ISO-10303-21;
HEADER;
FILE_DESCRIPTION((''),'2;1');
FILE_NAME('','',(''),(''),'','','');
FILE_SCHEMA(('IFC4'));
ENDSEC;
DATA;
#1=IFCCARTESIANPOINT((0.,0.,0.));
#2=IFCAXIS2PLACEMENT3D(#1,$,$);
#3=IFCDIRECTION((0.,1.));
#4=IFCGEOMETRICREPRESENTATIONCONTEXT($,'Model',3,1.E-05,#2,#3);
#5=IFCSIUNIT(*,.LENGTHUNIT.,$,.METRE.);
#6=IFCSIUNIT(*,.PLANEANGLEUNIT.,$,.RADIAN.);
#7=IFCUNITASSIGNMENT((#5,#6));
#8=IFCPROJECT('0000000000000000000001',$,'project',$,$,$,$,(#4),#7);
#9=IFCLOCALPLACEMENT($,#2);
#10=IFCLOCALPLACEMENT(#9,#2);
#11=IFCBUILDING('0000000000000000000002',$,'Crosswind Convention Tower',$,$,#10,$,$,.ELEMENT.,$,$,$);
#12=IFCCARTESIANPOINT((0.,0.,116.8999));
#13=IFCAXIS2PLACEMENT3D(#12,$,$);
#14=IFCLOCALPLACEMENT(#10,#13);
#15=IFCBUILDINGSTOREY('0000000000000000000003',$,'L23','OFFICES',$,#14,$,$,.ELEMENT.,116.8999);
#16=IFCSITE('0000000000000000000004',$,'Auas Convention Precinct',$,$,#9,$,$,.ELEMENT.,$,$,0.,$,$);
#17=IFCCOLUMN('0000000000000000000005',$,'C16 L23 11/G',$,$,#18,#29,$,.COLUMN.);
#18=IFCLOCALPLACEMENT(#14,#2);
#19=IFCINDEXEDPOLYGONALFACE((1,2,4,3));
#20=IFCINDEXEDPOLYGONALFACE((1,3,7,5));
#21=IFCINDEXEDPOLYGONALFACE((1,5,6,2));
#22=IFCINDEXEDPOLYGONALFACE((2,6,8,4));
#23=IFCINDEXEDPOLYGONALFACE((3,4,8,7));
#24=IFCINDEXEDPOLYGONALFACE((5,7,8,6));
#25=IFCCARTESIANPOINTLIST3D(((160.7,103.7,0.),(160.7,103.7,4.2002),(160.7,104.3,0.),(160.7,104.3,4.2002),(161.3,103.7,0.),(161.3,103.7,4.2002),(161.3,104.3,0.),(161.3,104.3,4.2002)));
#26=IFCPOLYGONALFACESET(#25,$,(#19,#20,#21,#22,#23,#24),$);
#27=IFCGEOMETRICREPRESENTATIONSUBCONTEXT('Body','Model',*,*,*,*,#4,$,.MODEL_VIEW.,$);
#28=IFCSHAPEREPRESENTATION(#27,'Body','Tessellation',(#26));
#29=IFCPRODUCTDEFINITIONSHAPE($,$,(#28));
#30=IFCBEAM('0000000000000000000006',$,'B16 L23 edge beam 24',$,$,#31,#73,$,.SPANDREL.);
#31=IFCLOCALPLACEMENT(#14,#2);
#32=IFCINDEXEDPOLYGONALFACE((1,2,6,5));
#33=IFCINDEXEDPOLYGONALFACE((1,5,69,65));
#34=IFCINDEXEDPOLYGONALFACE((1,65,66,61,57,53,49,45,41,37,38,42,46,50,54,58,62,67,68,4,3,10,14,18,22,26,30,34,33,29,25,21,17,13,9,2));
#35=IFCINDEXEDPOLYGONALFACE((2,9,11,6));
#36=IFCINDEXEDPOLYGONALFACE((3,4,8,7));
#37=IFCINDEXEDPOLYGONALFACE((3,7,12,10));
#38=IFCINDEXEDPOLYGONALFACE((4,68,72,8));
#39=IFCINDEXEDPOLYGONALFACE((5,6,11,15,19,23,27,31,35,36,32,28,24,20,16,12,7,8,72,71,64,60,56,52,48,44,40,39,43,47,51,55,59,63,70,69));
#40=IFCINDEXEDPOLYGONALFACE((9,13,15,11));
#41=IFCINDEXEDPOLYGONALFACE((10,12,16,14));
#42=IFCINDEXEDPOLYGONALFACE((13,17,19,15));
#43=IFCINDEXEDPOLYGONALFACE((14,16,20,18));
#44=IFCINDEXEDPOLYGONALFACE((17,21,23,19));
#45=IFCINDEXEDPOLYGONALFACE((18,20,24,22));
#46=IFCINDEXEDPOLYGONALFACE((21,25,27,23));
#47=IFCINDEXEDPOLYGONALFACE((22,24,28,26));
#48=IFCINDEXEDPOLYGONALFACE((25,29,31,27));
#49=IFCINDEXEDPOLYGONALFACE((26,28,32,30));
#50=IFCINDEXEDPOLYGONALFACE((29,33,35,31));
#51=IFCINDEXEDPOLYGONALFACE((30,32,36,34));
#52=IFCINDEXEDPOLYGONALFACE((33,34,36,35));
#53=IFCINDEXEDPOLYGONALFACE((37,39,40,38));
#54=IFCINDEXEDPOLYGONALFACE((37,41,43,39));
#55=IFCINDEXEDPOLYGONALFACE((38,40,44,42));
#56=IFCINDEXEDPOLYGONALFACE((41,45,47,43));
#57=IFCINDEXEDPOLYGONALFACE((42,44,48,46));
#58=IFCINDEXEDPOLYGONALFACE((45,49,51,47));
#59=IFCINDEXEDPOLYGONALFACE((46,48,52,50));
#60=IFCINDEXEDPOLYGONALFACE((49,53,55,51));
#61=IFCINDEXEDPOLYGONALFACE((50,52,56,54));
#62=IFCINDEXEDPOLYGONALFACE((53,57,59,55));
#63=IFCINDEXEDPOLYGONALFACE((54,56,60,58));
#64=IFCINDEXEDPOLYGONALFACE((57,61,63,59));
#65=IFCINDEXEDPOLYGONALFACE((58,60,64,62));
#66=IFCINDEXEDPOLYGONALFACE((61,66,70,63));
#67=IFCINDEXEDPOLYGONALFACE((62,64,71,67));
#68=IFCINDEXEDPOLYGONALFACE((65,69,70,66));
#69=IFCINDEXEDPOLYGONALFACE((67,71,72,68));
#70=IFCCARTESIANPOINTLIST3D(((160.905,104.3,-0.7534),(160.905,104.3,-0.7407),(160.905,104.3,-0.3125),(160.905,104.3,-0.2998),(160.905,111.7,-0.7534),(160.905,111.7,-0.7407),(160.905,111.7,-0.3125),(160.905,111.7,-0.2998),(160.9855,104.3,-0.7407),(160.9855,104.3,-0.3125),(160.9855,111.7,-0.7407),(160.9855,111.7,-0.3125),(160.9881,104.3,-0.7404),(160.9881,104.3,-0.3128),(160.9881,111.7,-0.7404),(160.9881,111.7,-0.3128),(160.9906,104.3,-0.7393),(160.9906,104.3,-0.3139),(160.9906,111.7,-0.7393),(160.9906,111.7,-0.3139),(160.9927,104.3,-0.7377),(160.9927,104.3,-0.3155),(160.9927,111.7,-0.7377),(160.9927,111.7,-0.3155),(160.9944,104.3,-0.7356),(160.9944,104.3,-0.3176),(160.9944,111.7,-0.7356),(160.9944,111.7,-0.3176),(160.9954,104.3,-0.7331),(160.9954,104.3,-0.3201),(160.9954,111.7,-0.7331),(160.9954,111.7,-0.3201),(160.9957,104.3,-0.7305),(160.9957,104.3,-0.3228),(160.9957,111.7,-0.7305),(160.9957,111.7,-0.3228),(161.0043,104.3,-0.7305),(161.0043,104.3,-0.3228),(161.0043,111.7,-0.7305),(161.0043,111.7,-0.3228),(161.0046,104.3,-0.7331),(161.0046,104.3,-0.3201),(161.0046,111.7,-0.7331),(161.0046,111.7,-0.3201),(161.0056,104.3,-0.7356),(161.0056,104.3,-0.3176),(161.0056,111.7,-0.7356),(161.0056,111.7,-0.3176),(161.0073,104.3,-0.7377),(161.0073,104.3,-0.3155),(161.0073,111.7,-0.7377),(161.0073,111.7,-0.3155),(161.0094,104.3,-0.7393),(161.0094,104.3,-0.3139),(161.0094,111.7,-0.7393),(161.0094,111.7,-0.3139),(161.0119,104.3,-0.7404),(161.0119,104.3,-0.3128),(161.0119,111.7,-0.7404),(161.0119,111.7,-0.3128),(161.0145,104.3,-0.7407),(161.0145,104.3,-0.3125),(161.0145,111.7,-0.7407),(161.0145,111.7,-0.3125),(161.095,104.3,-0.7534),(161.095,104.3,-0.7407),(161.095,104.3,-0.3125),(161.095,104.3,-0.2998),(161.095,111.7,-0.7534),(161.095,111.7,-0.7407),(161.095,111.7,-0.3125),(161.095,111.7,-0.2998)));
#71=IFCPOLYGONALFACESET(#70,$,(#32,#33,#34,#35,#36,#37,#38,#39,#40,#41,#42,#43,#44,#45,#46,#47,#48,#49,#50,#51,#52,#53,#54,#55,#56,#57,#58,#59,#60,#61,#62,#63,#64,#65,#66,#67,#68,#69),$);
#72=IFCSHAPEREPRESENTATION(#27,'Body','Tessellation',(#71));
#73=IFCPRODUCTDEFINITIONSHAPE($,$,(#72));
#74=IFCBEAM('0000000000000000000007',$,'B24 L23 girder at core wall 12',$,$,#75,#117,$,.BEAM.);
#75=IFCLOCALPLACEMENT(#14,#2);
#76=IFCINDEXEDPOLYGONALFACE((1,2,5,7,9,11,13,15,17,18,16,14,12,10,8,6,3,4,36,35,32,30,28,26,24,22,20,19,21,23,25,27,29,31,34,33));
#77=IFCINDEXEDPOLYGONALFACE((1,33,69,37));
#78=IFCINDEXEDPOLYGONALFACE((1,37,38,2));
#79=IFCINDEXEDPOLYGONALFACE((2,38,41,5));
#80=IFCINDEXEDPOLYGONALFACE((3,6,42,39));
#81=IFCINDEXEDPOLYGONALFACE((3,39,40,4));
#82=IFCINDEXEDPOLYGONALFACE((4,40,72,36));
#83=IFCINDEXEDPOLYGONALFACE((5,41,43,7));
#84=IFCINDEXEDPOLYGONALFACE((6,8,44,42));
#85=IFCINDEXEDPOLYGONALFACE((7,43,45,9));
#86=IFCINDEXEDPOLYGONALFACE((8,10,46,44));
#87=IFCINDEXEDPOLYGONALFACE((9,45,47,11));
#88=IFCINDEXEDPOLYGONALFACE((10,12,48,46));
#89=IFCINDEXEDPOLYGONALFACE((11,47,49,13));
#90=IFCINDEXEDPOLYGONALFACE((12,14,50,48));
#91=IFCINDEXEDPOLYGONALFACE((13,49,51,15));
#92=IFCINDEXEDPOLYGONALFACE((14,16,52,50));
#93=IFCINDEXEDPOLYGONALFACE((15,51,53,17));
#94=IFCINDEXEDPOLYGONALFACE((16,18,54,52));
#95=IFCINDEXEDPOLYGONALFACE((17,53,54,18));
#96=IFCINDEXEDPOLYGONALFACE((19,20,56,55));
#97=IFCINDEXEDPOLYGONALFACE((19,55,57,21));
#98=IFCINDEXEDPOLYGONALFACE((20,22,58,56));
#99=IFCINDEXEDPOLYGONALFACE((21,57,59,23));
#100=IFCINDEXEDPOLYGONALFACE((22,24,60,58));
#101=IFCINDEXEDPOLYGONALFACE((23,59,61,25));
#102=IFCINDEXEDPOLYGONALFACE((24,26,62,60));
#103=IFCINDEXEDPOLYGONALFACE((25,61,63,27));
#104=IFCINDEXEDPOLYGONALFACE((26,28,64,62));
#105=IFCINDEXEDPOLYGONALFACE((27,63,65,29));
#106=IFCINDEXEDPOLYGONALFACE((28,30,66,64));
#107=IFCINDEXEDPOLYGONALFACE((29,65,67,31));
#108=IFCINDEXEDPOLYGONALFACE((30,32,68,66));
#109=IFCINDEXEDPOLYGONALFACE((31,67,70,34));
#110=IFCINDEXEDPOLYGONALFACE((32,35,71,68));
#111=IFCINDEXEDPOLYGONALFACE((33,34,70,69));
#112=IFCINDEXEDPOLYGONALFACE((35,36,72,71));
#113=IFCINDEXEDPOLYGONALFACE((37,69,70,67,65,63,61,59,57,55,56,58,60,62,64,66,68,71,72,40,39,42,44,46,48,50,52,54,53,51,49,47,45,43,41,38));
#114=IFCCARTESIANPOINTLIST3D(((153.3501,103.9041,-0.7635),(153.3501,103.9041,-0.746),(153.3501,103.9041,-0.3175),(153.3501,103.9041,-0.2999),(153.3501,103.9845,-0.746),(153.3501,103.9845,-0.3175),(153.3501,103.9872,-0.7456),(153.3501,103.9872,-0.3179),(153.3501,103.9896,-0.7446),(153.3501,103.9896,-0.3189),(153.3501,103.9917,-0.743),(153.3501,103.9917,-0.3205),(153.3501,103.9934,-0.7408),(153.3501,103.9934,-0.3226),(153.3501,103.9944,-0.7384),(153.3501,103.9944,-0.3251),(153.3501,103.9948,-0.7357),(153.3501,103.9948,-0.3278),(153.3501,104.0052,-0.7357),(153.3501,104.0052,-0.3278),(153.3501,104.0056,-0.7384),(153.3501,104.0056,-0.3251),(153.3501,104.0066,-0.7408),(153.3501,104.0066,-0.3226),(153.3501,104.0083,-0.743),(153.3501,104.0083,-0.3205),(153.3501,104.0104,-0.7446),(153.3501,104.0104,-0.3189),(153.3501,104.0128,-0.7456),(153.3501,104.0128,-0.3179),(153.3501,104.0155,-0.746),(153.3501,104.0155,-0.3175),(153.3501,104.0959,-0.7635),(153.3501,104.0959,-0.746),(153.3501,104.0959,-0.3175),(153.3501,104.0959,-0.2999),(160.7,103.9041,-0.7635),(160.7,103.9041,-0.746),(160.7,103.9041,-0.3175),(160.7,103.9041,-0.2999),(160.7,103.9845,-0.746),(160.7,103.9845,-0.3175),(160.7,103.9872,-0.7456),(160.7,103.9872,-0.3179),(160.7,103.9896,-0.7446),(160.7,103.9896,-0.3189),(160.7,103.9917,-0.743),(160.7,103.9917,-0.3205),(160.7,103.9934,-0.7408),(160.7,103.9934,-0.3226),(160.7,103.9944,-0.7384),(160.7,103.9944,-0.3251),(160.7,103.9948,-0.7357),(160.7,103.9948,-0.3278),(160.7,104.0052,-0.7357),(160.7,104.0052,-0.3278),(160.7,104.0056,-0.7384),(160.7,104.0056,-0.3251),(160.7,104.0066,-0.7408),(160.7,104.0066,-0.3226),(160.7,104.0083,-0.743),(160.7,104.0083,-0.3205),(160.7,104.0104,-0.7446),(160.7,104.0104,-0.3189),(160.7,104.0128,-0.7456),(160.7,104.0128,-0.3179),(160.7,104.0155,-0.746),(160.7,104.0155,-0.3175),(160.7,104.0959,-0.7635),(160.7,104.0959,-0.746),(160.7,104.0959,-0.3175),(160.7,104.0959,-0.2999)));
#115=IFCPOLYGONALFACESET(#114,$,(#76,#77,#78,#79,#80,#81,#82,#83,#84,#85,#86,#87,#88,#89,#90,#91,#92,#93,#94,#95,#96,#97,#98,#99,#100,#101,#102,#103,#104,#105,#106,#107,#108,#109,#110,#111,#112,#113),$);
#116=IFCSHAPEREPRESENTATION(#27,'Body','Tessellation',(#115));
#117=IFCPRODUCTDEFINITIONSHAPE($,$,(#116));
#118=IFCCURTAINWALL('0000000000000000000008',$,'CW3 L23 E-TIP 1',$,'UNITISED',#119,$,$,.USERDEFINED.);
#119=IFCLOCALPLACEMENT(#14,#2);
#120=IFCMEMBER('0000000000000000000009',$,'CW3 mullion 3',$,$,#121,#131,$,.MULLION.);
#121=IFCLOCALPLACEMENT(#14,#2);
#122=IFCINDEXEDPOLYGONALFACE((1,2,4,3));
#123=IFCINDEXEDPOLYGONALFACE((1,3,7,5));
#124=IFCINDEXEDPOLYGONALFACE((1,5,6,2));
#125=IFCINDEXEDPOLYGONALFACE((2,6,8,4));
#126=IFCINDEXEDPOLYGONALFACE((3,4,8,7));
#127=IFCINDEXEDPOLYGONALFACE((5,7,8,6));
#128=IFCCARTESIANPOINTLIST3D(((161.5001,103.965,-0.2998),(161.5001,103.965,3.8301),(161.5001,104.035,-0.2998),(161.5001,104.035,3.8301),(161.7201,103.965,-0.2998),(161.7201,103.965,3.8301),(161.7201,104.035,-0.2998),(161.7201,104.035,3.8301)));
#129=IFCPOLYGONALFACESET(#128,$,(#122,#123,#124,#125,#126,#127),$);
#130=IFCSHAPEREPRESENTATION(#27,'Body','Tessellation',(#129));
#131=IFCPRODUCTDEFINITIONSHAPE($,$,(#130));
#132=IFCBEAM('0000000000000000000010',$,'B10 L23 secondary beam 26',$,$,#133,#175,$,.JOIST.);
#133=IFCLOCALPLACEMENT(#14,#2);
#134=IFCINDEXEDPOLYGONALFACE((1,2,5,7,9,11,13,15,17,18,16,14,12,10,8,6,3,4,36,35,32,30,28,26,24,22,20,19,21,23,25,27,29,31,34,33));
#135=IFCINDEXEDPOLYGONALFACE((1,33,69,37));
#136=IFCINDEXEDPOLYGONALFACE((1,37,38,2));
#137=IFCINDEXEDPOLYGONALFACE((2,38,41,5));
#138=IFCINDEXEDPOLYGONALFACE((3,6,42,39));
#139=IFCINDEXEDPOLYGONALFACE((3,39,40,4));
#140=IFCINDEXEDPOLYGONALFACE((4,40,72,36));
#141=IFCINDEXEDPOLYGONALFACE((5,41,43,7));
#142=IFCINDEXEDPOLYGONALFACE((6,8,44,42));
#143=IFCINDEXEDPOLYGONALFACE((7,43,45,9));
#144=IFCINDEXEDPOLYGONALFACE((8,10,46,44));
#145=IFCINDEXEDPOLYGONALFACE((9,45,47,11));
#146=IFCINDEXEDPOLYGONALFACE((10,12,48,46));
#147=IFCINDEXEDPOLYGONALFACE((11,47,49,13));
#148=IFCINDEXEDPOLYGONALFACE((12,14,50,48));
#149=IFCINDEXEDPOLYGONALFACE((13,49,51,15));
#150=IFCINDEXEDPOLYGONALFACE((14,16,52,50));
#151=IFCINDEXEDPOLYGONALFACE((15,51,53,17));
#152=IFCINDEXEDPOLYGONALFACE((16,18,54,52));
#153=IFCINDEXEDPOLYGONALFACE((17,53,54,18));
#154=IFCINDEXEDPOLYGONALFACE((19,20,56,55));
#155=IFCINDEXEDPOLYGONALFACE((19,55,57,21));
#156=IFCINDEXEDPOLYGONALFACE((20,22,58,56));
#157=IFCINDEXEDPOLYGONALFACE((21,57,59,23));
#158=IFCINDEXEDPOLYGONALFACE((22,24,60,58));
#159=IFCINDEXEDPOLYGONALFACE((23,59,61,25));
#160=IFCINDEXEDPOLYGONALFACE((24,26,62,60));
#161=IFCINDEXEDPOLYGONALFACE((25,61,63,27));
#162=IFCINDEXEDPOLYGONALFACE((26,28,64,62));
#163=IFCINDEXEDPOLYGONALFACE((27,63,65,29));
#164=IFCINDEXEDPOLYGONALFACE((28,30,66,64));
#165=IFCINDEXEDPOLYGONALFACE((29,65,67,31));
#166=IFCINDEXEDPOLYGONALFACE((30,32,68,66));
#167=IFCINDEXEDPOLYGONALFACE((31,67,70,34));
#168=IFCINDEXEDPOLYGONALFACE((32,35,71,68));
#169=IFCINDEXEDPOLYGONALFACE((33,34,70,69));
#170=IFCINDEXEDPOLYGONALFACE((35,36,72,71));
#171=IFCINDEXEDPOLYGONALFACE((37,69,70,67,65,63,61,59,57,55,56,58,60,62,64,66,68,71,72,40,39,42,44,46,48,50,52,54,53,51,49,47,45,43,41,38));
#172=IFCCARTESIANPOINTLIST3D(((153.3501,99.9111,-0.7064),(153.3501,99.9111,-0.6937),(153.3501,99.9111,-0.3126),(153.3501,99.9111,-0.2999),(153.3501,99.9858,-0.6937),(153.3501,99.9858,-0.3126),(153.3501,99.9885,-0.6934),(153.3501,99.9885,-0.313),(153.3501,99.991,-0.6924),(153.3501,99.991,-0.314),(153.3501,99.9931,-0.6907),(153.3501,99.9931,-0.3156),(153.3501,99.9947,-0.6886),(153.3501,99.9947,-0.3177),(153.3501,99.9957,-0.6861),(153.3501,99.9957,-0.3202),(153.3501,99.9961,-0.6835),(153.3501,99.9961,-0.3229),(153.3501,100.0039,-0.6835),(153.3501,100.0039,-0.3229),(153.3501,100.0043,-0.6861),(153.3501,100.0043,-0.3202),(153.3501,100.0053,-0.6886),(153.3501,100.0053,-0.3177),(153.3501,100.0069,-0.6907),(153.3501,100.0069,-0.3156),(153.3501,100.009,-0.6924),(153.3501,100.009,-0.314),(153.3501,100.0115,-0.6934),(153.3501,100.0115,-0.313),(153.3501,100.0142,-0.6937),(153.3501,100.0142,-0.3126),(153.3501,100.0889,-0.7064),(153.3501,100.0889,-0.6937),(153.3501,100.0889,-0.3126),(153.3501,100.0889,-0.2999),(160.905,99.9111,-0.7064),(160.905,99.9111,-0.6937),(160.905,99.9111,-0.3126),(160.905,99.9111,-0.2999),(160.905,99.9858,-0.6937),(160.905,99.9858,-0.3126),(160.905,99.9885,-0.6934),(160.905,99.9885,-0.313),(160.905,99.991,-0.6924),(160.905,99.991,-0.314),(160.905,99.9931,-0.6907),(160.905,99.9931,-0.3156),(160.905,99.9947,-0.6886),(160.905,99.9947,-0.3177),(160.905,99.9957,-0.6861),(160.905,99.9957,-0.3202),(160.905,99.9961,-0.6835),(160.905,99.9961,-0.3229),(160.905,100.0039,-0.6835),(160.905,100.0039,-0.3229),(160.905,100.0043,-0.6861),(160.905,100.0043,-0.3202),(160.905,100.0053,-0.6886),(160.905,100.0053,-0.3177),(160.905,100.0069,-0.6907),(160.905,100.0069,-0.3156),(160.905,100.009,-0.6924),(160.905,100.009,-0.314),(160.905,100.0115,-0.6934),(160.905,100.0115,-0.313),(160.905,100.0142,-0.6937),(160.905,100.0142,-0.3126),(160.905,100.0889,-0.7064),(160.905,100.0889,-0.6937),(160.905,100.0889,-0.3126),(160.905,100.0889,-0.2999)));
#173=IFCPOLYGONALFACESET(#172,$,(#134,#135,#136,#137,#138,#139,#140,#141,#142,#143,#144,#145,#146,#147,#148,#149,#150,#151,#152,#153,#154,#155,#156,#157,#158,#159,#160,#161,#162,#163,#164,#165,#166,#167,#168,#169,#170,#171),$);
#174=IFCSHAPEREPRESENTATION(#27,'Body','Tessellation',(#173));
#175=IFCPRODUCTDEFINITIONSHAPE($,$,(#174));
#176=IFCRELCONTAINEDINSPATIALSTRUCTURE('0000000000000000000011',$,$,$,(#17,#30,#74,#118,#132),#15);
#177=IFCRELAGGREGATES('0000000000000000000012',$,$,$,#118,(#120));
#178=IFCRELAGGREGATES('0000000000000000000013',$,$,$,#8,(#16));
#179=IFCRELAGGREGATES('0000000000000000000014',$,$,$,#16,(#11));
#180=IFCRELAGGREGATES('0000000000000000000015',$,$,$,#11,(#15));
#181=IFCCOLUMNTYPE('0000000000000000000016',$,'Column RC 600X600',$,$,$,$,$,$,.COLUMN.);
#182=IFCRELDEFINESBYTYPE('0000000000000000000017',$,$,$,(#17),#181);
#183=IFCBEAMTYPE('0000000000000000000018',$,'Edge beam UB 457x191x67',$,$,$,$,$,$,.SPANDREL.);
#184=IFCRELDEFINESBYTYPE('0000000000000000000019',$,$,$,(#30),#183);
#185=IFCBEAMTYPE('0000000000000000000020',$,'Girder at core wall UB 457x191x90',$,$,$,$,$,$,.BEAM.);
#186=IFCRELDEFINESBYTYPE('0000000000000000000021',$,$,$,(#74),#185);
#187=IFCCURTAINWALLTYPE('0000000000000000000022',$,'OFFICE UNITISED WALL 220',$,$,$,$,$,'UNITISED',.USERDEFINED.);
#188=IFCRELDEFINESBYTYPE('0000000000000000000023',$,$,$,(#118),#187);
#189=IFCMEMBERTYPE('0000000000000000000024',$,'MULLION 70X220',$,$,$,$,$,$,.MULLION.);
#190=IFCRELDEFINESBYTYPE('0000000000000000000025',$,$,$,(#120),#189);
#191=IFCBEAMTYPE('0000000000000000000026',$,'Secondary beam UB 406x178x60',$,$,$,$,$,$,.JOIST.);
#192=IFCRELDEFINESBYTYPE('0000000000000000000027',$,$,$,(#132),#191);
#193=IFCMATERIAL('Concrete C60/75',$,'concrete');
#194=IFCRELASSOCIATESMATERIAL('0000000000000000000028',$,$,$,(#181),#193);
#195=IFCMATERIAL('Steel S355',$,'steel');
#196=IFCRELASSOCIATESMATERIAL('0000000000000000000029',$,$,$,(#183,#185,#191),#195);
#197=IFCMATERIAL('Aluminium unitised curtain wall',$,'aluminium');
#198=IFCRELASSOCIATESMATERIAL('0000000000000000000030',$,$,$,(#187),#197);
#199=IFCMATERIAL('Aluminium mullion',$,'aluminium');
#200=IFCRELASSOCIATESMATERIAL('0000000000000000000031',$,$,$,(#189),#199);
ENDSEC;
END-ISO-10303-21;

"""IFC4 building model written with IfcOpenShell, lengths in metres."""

from ifc_helpers import new_model, si_unit, direction, frame, origin, origin_2d, place, context, subcontext, project, spatial, rectangle, i_section, extrude, material, material_profile, profile_set, type_object, element, aggregate, save


model = new_model("IFC4")

# Units and contexts
model_context = context("Model", 3, precision=1e-05, world=origin(), true_north=direction((0.0, 1.0)))
body_context = subcontext(model_context, "Body", "Model", "MODEL_VIEW")
ifc_project = project(units=[si_unit("LENGTHUNIT", "METRE"), si_unit("PLANEANGLEUNIT", "RADIAN")], contexts=[model_context])

# Site, building, storey
site_placement = place(None, origin())
site = spatial("IfcSite", under=ifc_project, at=site_placement, Name="Auas Convention Precinct", CompositionType="ELEMENT", RefElevation=0.0)
building_placement = place(site_placement, origin())
building = spatial("IfcBuilding", under=site, at=building_placement, Name="Crosswind Convention Tower", CompositionType="ELEMENT")
storey_placement = place(building_placement, frame((0.0, 0.0, 116.8999)))
storey = spatial("IfcBuildingStorey", under=building, at=storey_placement, Name="L23", Description="OFFICES", CompositionType="ELEMENT", Elevation=116.8999)

# Column
ifc_material_1 = material(Name="Concrete C60/75", Category="concrete")
ifc_material_profile_1 = material_profile(ifc_material_1, rectangle(XDim=0.6001, YDim=0.6001, at=origin_2d()), Name="RC 600X600")
ifc_profile_set_1 = profile_set([ifc_material_profile_1], Name="Concrete C60/75")
column_type = type_object("IfcColumnType", Name="Column RC 600X600", PredefinedType="COLUMN", material=ifc_profile_set_1)
column_placement = place(storey_placement, frame((161.0, 104.0, 0.0), z_axis=(0.0, 0.0, 1.0), x_axis=(1.0, 0.0, 0.0)))
element("IfcColumn", 1, at=column_placement, inside=storey, type_object=column_type, Name="C16 L23 11/G", PredefinedType="COLUMN", context=body_context, shape_type="SweptSolid", body=[
    extrude(rectangle(XDim=0.6001, YDim=0.6001, at=origin_2d()), origin(), (0.0, 0.0, 1.0), 4.2002),
])

# Beams
ifc_material_2 = material(Name="Steel S355", Category="steel")
ifc_material_profile_2 = material_profile(ifc_material_2, i_section(OverallWidth=0.1899, OverallDepth=0.4536, WebThickness=0.0085, FlangeThickness=0.0127, FilletRadius=0.0103, at=origin_2d()), Name="UB 457x191x67")
ifc_profile_set_2 = profile_set([ifc_material_profile_2], Name="Steel S355")
beam_type_1 = type_object("IfcBeamType", Name="Edge beam UB 457x191x67", PredefinedType="SPANDREL", material=ifc_profile_set_2)
beam_1_placement = place(storey_placement, frame((161.0, 104.3, -0.5266), z_axis=(0.0, 1.0, 0.0), x_axis=(-1.0, 0.0, 0.0)))
element("IfcBeam", 2, at=beam_1_placement, inside=storey, type_object=beam_type_1, Name="B16 L23 edge beam 24", PredefinedType="SPANDREL", context=body_context, shape_type="SweptSolid", body=[
    extrude(i_section(OverallWidth=0.1899, OverallDepth=0.4536, WebThickness=0.0085, FlangeThickness=0.0127, FilletRadius=0.0103, at=origin_2d()), origin(), (0.0, 0.0, 1.0), 7.3999),
])
ifc_material_profile_3 = material_profile(ifc_material_2, i_section(OverallWidth=0.1919, OverallDepth=0.4636, WebThickness=0.0105, FlangeThickness=0.0176, FilletRadius=0.0103, at=origin_2d()), Name="UB 457x191x90")
ifc_profile_set_3 = profile_set([ifc_material_profile_3], Name="Steel S355")
beam_type_2 = type_object("IfcBeamType", Name="Girder at core wall UB 457x191x90", PredefinedType="BEAM", material=ifc_profile_set_3)
beam_2_placement = place(storey_placement, frame((153.3501, 104.0, -0.5317), z_axis=(1.0, 0.0, 0.0), x_axis=(0.0, 1.0, 0.0)))
element("IfcBeam", 3, at=beam_2_placement, inside=storey, type_object=beam_type_2, Name="B24 L23 girder at core wall 12", PredefinedType="BEAM", context=body_context, shape_type="SweptSolid", body=[
    extrude(i_section(OverallWidth=0.1919, OverallDepth=0.4636, WebThickness=0.0105, FlangeThickness=0.0176, FilletRadius=0.0103, at=origin_2d()), origin(), (0.0, 0.0, 1.0), 7.3499),
])

# Curtain wall, member
ifc_material_3 = material(Name="Aluminium unitised curtain wall", Category="aluminium")
curtain_wall_type = type_object("IfcCurtainWallType", Name="OFFICE UNITISED WALL 220", ElementType="UNITISED", PredefinedType="USERDEFINED", material=ifc_material_3)
curtain_wall_placement = place(storey_placement, origin())
curtain_wall = element("IfcCurtainWall", 4, at=curtain_wall_placement, inside=storey, type_object=curtain_wall_type, Name="CW3 L23 E-TIP 1", ObjectType="UNITISED", PredefinedType="USERDEFINED")
ifc_material_4 = material(Name="Aluminium mullion", Category="aluminium")
ifc_material_profile_4 = material_profile(ifc_material_4, rectangle(XDim=0.22, YDim=0.0701, at=origin_2d()), Name="AL 220X70")
ifc_profile_set_4 = profile_set([ifc_material_profile_4], Name="Aluminium mullion")
member_type = type_object("IfcMemberType", Name="MULLION 70X220", PredefinedType="MULLION", material=ifc_profile_set_4)
member_placement = place(storey_placement, frame((161.6101, 104.0, -0.2998), z_axis=(0.0, 0.0, 1.0), x_axis=(1.0, 0.0, 0.0)))
member = element("IfcMember", 5, at=member_placement, type_object=member_type, Name="CW3 mullion 3", PredefinedType="MULLION", context=body_context, shape_type="SweptSolid", body=[
    extrude(rectangle(XDim=0.22, YDim=0.0701, at=origin_2d()), origin(), (0.0, 0.0, 1.0), 4.1299),
])

# Beam
ifc_material_profile_5 = material_profile(ifc_material_2, i_section(OverallWidth=0.1777, OverallDepth=0.4065, WebThickness=0.0078, FlangeThickness=0.0127, FilletRadius=0.0103, at=origin_2d()), Name="UB 406x178x60")
ifc_profile_set_5 = profile_set([ifc_material_profile_5], Name="Steel S355")
beam_type_3 = type_object("IfcBeamType", Name="Secondary beam UB 406x178x60", PredefinedType="JOIST", material=ifc_profile_set_5)
for number, where, z_axis, x_axis, name in (
    (6, (153.3501, 100.0, -0.5032), (1.0, 0.0, 0.0), (0.0, 1.0, 0.0), "B10 L23 secondary beam 26"),
):
    element("IfcBeam", number, at=place(storey_placement, frame(where, z_axis=z_axis, x_axis=x_axis)), inside=storey, type_object=beam_type_3, Name=name, PredefinedType="JOIST", context=body_context, shape_type="SweptSolid", body=[
        extrude(i_section(OverallWidth=0.1777, OverallDepth=0.4065, WebThickness=0.0078, FlangeThickness=0.0127, FilletRadius=0.0103, at=origin_2d()), origin(), (0.0, 0.0, 1.0), 7.5549),
    ])

aggregate(curtain_wall, [member])

save(model, "model.ifc")
